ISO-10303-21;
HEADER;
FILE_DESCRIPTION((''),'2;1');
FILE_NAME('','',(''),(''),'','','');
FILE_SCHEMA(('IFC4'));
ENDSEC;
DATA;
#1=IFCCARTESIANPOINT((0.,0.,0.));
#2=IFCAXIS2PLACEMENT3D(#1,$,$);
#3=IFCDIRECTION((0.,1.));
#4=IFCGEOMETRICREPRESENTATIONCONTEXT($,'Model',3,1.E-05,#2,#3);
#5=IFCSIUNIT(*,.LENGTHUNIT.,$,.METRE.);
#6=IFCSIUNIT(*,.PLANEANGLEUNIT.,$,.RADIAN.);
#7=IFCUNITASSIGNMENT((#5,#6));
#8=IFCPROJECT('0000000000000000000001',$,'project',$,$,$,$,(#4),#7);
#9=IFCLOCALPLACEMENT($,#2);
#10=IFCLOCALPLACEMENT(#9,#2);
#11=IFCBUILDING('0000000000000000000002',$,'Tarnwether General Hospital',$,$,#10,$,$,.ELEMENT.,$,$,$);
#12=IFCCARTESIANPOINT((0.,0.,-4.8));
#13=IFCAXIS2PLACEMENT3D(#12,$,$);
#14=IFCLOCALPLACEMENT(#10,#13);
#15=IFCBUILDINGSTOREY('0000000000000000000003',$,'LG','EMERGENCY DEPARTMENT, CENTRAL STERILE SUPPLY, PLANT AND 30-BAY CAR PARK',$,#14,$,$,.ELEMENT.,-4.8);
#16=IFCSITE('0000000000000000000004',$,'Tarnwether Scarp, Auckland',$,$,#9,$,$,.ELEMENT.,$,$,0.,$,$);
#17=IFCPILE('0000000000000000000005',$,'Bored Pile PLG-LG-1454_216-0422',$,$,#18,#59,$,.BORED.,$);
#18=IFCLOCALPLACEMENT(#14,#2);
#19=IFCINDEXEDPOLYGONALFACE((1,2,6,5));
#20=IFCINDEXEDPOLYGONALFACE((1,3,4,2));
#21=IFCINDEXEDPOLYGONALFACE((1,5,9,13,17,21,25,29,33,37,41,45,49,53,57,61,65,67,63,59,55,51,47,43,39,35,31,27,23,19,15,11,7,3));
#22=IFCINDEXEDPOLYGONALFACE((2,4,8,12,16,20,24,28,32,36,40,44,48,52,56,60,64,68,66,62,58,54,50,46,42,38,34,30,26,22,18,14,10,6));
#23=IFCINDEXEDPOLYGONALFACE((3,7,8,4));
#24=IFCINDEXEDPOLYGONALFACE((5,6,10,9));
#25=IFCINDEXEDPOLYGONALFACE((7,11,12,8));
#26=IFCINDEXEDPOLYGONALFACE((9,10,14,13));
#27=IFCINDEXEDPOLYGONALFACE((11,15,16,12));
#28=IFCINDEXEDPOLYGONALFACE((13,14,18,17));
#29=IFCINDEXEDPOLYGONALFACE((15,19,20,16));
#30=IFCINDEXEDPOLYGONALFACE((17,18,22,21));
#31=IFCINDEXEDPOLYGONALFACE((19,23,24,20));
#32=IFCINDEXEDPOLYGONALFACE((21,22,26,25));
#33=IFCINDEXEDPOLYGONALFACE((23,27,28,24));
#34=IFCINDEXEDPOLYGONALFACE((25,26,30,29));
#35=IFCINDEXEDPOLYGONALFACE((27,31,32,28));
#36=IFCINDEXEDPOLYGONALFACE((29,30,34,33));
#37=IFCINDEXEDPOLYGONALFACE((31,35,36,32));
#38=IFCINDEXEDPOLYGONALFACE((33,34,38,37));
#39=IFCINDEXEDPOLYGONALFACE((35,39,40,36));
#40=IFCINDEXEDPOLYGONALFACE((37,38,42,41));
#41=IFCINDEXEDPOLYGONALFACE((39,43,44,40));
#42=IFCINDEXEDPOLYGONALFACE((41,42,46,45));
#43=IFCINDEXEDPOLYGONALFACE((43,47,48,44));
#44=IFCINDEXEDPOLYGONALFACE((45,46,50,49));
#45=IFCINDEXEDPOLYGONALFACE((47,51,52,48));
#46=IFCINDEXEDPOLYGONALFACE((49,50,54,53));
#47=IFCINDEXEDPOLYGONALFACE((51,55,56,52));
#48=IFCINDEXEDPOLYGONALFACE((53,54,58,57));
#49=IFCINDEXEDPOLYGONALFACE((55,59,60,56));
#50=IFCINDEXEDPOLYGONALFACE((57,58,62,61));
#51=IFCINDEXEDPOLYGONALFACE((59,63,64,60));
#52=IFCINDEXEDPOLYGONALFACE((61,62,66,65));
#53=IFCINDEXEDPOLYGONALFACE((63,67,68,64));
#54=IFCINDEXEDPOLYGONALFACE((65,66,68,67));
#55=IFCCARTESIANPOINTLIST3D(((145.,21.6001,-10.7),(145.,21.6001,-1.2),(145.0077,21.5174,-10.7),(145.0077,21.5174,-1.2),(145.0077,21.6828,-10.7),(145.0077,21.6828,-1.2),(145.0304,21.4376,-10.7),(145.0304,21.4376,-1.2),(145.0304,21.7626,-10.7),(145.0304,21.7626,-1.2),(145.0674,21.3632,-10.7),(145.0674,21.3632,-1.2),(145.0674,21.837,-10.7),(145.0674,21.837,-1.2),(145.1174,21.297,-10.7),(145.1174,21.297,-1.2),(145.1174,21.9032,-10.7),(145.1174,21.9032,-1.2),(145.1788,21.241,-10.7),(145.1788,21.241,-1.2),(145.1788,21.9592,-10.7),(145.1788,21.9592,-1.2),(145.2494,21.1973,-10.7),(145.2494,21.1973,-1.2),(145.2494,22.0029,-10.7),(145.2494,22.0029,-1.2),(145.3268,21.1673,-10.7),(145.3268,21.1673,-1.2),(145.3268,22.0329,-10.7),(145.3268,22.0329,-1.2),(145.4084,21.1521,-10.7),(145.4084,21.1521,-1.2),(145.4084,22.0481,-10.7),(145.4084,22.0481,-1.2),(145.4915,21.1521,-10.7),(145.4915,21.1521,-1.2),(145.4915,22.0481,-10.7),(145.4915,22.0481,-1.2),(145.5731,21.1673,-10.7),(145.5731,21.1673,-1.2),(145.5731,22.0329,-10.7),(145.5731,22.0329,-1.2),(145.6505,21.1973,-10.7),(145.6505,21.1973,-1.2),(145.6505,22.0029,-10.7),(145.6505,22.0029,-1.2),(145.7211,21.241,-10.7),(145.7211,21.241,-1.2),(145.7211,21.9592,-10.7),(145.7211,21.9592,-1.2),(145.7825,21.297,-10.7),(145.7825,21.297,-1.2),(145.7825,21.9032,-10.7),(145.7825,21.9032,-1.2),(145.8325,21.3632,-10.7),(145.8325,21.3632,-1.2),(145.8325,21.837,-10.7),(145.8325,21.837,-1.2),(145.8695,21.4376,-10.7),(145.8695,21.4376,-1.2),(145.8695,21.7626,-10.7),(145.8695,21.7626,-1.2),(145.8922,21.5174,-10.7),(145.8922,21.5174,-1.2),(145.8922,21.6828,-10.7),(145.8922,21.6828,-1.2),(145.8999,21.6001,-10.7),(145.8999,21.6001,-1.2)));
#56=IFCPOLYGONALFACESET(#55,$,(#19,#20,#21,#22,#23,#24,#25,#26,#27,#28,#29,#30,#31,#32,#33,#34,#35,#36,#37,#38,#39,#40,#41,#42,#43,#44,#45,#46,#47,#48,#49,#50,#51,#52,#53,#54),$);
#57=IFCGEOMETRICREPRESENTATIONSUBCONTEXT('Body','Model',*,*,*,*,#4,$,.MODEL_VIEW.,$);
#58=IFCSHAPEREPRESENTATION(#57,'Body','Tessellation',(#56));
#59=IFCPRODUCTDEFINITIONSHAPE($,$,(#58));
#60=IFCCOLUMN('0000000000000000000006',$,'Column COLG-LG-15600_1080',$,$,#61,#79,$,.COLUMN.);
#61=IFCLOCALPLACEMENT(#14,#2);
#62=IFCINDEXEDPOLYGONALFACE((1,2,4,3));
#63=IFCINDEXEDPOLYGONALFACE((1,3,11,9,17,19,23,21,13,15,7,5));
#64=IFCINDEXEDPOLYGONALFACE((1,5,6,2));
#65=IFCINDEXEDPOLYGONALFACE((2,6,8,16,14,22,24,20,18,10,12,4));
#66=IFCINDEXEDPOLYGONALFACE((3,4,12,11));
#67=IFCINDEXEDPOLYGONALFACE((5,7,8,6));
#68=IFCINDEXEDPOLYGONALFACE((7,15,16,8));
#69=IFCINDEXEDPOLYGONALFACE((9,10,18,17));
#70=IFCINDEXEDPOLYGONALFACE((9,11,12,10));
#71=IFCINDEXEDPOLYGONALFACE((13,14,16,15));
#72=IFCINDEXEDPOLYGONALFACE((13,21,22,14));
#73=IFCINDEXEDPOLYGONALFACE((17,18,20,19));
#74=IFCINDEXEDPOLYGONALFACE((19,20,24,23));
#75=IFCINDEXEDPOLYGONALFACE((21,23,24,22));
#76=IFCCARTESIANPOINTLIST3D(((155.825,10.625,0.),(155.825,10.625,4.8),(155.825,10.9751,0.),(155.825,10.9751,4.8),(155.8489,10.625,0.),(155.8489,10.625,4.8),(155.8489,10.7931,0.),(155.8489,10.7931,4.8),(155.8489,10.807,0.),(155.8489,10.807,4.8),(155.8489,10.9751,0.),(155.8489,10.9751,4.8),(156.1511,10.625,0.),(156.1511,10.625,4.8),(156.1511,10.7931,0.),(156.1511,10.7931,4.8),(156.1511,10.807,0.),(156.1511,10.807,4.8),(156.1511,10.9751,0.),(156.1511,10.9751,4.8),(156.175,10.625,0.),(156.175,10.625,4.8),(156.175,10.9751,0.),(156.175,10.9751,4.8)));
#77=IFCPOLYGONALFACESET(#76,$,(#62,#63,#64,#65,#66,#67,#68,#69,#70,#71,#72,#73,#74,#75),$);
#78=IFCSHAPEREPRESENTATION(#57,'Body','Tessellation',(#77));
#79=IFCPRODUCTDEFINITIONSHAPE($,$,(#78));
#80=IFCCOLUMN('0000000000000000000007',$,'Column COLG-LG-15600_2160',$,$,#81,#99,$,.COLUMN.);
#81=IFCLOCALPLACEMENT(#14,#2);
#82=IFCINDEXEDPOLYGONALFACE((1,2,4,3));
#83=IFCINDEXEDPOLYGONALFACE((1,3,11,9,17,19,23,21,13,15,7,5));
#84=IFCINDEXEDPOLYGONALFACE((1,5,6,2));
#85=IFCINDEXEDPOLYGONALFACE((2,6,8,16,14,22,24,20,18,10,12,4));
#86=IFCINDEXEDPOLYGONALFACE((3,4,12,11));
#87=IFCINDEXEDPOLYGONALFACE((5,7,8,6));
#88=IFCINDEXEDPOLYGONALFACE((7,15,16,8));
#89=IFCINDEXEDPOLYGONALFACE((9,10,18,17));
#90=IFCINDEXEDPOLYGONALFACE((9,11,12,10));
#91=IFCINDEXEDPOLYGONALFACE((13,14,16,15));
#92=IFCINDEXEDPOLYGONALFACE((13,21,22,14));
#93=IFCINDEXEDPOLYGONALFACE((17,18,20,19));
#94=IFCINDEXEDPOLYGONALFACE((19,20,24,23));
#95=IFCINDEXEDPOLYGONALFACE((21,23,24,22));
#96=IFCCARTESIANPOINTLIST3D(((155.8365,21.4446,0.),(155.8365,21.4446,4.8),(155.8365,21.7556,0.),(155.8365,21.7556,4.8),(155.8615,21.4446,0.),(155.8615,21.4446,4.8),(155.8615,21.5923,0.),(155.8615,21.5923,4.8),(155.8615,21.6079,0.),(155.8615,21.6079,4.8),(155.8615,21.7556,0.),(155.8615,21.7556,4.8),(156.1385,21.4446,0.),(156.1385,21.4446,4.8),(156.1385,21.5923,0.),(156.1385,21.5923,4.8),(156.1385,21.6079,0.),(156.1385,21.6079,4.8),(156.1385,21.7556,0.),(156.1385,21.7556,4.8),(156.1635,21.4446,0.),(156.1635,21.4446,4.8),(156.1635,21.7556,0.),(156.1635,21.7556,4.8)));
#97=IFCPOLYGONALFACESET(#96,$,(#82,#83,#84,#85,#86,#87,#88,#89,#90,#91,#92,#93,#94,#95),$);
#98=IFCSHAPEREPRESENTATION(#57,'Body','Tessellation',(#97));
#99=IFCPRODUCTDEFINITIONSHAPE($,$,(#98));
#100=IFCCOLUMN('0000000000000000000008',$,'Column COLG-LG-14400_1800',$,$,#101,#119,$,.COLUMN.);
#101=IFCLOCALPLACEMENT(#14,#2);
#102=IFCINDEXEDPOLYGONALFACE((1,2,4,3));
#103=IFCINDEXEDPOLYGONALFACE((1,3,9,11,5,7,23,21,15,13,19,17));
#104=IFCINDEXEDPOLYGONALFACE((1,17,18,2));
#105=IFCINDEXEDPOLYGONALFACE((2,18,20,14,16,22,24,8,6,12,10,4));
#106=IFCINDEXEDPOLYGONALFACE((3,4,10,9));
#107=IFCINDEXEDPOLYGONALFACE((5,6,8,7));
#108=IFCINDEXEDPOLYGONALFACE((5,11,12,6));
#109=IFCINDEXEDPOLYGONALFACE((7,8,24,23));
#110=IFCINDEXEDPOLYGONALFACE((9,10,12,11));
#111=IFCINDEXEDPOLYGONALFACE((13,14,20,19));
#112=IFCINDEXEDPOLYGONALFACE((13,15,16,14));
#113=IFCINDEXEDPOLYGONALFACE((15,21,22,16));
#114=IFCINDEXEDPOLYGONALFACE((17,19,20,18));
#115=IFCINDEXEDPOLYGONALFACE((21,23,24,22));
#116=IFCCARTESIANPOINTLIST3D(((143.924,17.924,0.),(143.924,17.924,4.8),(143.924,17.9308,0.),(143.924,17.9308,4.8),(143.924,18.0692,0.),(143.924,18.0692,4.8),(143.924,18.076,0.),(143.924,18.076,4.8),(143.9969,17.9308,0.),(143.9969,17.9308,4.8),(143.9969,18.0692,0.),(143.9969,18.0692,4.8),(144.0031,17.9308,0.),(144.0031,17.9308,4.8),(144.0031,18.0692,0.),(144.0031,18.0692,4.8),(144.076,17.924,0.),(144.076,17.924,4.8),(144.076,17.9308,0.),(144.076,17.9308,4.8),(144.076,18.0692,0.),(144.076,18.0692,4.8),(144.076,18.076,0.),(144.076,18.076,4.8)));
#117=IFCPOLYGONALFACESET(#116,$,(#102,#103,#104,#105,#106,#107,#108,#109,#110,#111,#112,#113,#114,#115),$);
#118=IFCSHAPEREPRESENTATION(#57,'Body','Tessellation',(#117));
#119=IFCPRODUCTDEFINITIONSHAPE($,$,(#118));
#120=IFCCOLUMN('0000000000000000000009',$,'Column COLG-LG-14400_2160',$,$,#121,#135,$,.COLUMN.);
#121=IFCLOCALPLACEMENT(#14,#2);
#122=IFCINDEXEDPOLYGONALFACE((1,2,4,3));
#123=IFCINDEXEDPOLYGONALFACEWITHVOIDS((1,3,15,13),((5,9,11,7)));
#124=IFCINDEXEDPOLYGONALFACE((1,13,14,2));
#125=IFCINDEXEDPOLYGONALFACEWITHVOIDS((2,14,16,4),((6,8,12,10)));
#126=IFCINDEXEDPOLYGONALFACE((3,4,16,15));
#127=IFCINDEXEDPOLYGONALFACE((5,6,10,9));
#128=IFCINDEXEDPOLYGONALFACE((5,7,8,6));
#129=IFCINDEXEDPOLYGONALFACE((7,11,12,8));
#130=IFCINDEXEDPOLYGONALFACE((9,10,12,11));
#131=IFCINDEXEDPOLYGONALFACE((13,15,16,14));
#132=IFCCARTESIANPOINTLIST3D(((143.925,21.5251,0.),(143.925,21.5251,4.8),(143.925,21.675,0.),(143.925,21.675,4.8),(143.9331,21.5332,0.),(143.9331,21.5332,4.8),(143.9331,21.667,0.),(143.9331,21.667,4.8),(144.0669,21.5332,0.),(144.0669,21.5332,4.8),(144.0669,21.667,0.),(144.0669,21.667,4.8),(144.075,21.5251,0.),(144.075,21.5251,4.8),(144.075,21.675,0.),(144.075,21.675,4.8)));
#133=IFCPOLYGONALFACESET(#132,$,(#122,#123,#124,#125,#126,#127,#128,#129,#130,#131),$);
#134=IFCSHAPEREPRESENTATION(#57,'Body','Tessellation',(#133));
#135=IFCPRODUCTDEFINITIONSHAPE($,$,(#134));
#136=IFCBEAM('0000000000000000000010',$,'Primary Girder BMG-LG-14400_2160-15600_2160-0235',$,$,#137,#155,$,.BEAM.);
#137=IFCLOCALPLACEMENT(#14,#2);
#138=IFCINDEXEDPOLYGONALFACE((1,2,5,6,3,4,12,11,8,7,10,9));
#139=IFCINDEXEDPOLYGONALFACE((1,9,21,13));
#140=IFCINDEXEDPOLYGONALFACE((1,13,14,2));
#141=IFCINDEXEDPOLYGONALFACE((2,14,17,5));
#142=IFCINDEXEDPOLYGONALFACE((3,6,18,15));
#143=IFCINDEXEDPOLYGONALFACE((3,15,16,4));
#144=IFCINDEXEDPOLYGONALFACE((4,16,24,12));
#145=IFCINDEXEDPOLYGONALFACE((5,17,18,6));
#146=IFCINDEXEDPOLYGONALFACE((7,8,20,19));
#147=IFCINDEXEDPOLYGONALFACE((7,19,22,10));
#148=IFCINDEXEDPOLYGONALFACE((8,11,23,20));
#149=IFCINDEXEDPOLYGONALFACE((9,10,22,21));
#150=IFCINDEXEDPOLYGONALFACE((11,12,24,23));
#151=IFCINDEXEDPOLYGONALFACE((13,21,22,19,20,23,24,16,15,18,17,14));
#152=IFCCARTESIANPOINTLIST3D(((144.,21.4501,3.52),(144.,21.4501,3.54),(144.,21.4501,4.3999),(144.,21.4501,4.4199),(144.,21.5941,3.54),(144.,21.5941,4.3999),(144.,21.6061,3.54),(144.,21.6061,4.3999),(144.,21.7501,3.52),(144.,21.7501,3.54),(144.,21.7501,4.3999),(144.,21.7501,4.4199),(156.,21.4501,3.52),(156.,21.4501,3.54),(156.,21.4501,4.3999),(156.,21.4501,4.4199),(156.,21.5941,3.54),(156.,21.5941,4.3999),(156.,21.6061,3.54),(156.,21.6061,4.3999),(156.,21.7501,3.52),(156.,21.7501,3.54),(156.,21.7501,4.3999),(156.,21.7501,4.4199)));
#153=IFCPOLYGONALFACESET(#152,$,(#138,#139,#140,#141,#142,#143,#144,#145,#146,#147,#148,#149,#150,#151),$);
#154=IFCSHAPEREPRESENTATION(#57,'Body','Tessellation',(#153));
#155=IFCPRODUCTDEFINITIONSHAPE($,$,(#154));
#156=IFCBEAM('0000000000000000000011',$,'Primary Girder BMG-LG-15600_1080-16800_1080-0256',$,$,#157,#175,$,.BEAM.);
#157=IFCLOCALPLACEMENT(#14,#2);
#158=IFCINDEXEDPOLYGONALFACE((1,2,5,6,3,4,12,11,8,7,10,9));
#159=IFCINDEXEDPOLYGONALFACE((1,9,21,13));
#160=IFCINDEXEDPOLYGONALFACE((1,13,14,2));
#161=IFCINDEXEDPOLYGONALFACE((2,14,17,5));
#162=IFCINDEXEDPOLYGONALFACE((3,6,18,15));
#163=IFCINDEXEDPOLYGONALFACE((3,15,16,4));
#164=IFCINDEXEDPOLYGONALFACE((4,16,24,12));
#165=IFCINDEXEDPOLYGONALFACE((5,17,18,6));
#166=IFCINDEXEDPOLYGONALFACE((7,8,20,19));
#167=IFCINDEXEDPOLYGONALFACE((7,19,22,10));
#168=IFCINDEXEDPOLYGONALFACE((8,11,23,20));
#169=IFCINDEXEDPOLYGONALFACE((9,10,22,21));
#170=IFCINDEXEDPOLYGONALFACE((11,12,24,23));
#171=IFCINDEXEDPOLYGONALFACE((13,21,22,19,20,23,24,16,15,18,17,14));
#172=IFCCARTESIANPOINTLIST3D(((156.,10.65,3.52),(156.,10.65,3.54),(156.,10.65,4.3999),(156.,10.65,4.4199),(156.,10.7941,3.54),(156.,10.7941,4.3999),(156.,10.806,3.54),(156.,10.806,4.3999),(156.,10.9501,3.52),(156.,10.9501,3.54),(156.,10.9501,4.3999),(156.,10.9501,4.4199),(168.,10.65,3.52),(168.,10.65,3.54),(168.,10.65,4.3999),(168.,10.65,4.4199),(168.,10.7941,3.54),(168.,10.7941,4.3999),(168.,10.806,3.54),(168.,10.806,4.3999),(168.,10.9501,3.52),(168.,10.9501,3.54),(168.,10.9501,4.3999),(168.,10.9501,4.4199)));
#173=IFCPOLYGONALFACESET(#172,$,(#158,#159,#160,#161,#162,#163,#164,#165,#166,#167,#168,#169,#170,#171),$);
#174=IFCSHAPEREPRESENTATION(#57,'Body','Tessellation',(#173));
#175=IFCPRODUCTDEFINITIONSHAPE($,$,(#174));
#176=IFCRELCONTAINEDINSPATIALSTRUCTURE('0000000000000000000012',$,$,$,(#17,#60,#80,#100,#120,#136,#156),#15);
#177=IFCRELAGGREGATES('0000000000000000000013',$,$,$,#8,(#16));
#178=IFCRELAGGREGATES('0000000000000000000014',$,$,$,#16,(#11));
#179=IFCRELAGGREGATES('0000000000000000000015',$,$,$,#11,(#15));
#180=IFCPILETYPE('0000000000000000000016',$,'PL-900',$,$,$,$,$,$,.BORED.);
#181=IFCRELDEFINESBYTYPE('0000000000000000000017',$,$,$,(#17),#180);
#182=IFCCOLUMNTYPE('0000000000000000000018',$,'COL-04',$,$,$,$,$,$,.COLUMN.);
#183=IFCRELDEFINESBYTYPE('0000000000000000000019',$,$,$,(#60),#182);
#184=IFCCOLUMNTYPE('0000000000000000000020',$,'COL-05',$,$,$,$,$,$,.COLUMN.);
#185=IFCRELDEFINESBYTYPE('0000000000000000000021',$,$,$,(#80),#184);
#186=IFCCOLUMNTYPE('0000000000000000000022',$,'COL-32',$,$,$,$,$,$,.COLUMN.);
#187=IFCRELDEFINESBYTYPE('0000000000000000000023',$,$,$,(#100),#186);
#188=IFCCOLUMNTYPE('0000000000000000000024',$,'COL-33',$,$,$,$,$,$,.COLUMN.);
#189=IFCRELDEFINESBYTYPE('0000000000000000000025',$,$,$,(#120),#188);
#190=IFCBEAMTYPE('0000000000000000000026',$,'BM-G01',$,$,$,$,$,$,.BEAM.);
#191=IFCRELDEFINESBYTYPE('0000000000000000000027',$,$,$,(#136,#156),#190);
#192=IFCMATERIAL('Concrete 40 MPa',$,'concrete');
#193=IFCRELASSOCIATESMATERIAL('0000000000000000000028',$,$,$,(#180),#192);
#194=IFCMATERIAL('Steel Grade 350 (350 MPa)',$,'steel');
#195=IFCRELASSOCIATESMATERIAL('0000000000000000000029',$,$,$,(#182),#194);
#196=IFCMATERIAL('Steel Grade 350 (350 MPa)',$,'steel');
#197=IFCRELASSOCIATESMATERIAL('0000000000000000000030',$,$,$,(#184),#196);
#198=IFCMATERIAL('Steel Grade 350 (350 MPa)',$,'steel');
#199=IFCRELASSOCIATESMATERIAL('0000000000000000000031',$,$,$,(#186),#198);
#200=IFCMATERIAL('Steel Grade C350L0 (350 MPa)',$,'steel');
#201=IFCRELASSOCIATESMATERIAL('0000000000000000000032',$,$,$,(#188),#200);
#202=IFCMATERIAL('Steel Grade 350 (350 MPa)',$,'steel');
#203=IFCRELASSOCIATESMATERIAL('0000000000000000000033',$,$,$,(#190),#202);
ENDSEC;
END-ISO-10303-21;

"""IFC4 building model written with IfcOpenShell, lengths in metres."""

from ifc_helpers import new_model, si_unit, direction, frame, origin, origin_2d, place, context, subcontext, project, spatial, hollow_rectangle, circle, i_section, extrude, material, material_profile, profile_set, type_object, element, save


model = new_model("IFC4")

# Units and contexts
model_context = context("Model", 3, precision=1e-05, world=origin(), true_north=direction((0.0, 1.0)))
body_context = subcontext(model_context, "Body", "Model", "MODEL_VIEW")
ifc_project = project(units=[si_unit("LENGTHUNIT", "METRE"), si_unit("PLANEANGLEUNIT", "RADIAN")], contexts=[model_context])

# Site, building, storey
site_placement = place(None, origin())
site = spatial("IfcSite", under=ifc_project, at=site_placement, Name="Tarnwether Scarp, Auckland", CompositionType="ELEMENT", RefElevation=0.0)
building_placement = place(site_placement, origin())
building = spatial("IfcBuilding", under=site, at=building_placement, Name="Tarnwether General Hospital", CompositionType="ELEMENT")
storey_placement = place(building_placement, frame((0.0, 0.0, -4.8)))
storey = spatial("IfcBuildingStorey", under=building, at=storey_placement, Name="LG", Description="EMERGENCY DEPARTMENT, CENTRAL STERILE SUPPLY, PLANT AND 30-BAY CAR PARK", CompositionType="ELEMENT", Elevation=-4.8)

# Pile
ifc_material_1 = material(Name="Concrete 40 MPa", Category="concrete")
ifc_material_profile_1 = material_profile(ifc_material_1, circle(Radius=0.45, at=origin_2d()), Name="PILE-D900")
ifc_profile_set_1 = profile_set([ifc_material_profile_1], Name="Concrete 40 MPa")
pile_type_1 = type_object("IfcPileType", Name="PL-900", PredefinedType="BORED", material=ifc_profile_set_1)
pile_1_placement = place(storey_placement, frame((145.45, 21.6001, -1.2), z_axis=(0.0, 0.0, -1.0), x_axis=(1.0, 0.0, 0.0)))
element("IfcPile", 1, at=pile_1_placement, inside=storey, type_object=pile_type_1, Name="Bored Pile PLG-LG-1454_216-0422", PredefinedType="BORED", context=body_context, shape_type="SweptSolid", body=[
    extrude(circle(Radius=0.45, at=origin_2d()), origin(), (0.0, 0.0, 1.0), 9.5),
])

# Columns
ifc_material_2 = material(Name="Steel Grade 350 (350 MPa)", Category="steel")
ifc_material_profile_2 = material_profile(ifc_material_2, i_section(OverallWidth=0.3501, OverallDepth=0.3501, WebThickness=0.0139, FlangeThickness=0.0239, at=origin_2d()), Name="350WC197")
ifc_profile_set_2 = profile_set([ifc_material_profile_2], Name="Steel Grade 350 (350 MPa)")
column_type_1 = type_object("IfcColumnType", Name="COL-04", PredefinedType="COLUMN", material=ifc_profile_set_2)
column_1_placement = place(storey_placement, frame((156.0, 10.8, 0.0), z_axis=(0.0, 0.0, 1.0), x_axis=(0.0, 1.0, 0.0)))
element("IfcColumn", 2, at=column_1_placement, inside=storey, type_object=column_type_1, Name="Column COLG-LG-15600_1080", PredefinedType="COLUMN", context=body_context, shape_type="SweptSolid", body=[
    extrude(i_section(OverallWidth=0.3501, OverallDepth=0.3501, WebThickness=0.0139, FlangeThickness=0.0239, at=origin_2d()), origin(), (0.0, 0.0, 1.0), 4.8),
])
ifc_material_3 = material(Name="Steel Grade 350 (350 MPa)", Category="steel")
ifc_material_profile_3 = material_profile(ifc_material_3, i_section(OverallWidth=0.311, OverallDepth=0.3269, WebThickness=0.0156, FlangeThickness=0.0249, at=origin_2d()), Name="310UC158")
ifc_profile_set_3 = profile_set([ifc_material_profile_3], Name="Steel Grade 350 (350 MPa)")
column_type_2 = type_object("IfcColumnType", Name="COL-05", PredefinedType="COLUMN", material=ifc_profile_set_3)
column_2_placement = place(storey_placement, frame((156.0, 21.6001, 0.0), z_axis=(0.0, 0.0, 1.0), x_axis=(0.0, 1.0, 0.0)))
element("IfcColumn", 3, at=column_2_placement, inside=storey, type_object=column_type_2, Name="Column COLG-LG-15600_2160", PredefinedType="COLUMN", context=body_context, shape_type="SweptSolid", body=[
    extrude(i_section(OverallWidth=0.311, OverallDepth=0.3269, WebThickness=0.0156, FlangeThickness=0.0249, at=origin_2d()), origin(), (0.0, 0.0, 1.0), 4.8),
])
ifc_material_4 = material(Name="Steel Grade 350 (350 MPa)", Category="steel")
ifc_material_profile_4 = material_profile(ifc_material_4, i_section(OverallWidth=0.1521, OverallDepth=0.1521, WebThickness=0.0061, FlangeThickness=0.0068, at=origin_2d()), Name="150UC23.4")
ifc_profile_set_4 = profile_set([ifc_material_profile_4], Name="Steel Grade 350 (350 MPa)")
column_type_3 = type_object("IfcColumnType", Name="COL-32", PredefinedType="COLUMN", material=ifc_profile_set_4)
column_3_placement = place(storey_placement, frame((144.0, 18.0, 0.0), z_axis=(0.0, 0.0, 1.0), x_axis=(1.0, 0.0, 0.0)))
element("IfcColumn", 4, at=column_3_placement, inside=storey, type_object=column_type_3, Name="Column COLG-LG-14400_1800", PredefinedType="COLUMN", context=body_context, shape_type="SweptSolid", body=[
    extrude(i_section(OverallWidth=0.1521, OverallDepth=0.1521, WebThickness=0.0061, FlangeThickness=0.0068, at=origin_2d()), origin(), (0.0, 0.0, 1.0), 4.8),
])
ifc_material_5 = material(Name="Steel Grade C350L0 (350 MPa)", Category="steel")
ifc_material_profile_5 = material_profile(ifc_material_5, hollow_rectangle(XDim=0.1499, YDim=0.1499, WallThickness=0.0081, at=origin_2d()), Name="SHS150x150x8")
ifc_profile_set_5 = profile_set([ifc_material_profile_5], Name="Steel Grade C350L0 (350 MPa)")
column_type_4 = type_object("IfcColumnType", Name="COL-33", PredefinedType="COLUMN", material=ifc_profile_set_5)
column_4_placement = place(storey_placement, frame((144.0, 21.6001, 0.0), z_axis=(0.0, 0.0, 1.0), x_axis=(1.0, 0.0, 0.0)))
element("IfcColumn", 5, at=column_4_placement, inside=storey, type_object=column_type_4, Name="Column COLG-LG-14400_2160", PredefinedType="COLUMN", context=body_context, shape_type="SweptSolid", body=[
    extrude(hollow_rectangle(XDim=0.1499, YDim=0.1499, WallThickness=0.0081, at=origin_2d()), origin(), (0.0, 0.0, 1.0), 4.8),
])

# Beams
ifc_material_6 = material(Name="Steel Grade 350 (350 MPa)", Category="steel")
ifc_material_profile_6 = material_profile(ifc_material_6, i_section(OverallWidth=0.3, OverallDepth=0.8999, WebThickness=0.012, FlangeThickness=0.02, at=origin_2d()), Name="900WB175")
ifc_profile_set_6 = profile_set([ifc_material_profile_6], Name="Steel Grade 350 (350 MPa)")
beam_type_1 = type_object("IfcBeamType", Name="BM-G01", PredefinedType="BEAM", material=ifc_profile_set_6)
for number, where, z_axis, x_axis, name in (
    (6, (144.0, 21.6001, 3.97), (1.0, 0.0, 0.0), (0.0, 1.0, 0.0), "Primary Girder BMG-LG-14400_2160-15600_2160-0235"),
    (7, (156.0, 10.8, 3.97), (1.0, 0.0, 0.0), (0.0, 1.0, 0.0), "Primary Girder BMG-LG-15600_1080-16800_1080-0256"),
):
    element("IfcBeam", number, at=place(storey_placement, frame(where, z_axis=z_axis, x_axis=x_axis)), inside=storey, type_object=beam_type_1, Name=name, PredefinedType="BEAM", context=body_context, shape_type="SweptSolid", body=[
        extrude(i_section(OverallWidth=0.3, OverallDepth=0.8999, WebThickness=0.012, FlangeThickness=0.02, at=origin_2d()), origin(), (0.0, 0.0, 1.0), 12.0),
    ])

save(model, "model.ifc")
